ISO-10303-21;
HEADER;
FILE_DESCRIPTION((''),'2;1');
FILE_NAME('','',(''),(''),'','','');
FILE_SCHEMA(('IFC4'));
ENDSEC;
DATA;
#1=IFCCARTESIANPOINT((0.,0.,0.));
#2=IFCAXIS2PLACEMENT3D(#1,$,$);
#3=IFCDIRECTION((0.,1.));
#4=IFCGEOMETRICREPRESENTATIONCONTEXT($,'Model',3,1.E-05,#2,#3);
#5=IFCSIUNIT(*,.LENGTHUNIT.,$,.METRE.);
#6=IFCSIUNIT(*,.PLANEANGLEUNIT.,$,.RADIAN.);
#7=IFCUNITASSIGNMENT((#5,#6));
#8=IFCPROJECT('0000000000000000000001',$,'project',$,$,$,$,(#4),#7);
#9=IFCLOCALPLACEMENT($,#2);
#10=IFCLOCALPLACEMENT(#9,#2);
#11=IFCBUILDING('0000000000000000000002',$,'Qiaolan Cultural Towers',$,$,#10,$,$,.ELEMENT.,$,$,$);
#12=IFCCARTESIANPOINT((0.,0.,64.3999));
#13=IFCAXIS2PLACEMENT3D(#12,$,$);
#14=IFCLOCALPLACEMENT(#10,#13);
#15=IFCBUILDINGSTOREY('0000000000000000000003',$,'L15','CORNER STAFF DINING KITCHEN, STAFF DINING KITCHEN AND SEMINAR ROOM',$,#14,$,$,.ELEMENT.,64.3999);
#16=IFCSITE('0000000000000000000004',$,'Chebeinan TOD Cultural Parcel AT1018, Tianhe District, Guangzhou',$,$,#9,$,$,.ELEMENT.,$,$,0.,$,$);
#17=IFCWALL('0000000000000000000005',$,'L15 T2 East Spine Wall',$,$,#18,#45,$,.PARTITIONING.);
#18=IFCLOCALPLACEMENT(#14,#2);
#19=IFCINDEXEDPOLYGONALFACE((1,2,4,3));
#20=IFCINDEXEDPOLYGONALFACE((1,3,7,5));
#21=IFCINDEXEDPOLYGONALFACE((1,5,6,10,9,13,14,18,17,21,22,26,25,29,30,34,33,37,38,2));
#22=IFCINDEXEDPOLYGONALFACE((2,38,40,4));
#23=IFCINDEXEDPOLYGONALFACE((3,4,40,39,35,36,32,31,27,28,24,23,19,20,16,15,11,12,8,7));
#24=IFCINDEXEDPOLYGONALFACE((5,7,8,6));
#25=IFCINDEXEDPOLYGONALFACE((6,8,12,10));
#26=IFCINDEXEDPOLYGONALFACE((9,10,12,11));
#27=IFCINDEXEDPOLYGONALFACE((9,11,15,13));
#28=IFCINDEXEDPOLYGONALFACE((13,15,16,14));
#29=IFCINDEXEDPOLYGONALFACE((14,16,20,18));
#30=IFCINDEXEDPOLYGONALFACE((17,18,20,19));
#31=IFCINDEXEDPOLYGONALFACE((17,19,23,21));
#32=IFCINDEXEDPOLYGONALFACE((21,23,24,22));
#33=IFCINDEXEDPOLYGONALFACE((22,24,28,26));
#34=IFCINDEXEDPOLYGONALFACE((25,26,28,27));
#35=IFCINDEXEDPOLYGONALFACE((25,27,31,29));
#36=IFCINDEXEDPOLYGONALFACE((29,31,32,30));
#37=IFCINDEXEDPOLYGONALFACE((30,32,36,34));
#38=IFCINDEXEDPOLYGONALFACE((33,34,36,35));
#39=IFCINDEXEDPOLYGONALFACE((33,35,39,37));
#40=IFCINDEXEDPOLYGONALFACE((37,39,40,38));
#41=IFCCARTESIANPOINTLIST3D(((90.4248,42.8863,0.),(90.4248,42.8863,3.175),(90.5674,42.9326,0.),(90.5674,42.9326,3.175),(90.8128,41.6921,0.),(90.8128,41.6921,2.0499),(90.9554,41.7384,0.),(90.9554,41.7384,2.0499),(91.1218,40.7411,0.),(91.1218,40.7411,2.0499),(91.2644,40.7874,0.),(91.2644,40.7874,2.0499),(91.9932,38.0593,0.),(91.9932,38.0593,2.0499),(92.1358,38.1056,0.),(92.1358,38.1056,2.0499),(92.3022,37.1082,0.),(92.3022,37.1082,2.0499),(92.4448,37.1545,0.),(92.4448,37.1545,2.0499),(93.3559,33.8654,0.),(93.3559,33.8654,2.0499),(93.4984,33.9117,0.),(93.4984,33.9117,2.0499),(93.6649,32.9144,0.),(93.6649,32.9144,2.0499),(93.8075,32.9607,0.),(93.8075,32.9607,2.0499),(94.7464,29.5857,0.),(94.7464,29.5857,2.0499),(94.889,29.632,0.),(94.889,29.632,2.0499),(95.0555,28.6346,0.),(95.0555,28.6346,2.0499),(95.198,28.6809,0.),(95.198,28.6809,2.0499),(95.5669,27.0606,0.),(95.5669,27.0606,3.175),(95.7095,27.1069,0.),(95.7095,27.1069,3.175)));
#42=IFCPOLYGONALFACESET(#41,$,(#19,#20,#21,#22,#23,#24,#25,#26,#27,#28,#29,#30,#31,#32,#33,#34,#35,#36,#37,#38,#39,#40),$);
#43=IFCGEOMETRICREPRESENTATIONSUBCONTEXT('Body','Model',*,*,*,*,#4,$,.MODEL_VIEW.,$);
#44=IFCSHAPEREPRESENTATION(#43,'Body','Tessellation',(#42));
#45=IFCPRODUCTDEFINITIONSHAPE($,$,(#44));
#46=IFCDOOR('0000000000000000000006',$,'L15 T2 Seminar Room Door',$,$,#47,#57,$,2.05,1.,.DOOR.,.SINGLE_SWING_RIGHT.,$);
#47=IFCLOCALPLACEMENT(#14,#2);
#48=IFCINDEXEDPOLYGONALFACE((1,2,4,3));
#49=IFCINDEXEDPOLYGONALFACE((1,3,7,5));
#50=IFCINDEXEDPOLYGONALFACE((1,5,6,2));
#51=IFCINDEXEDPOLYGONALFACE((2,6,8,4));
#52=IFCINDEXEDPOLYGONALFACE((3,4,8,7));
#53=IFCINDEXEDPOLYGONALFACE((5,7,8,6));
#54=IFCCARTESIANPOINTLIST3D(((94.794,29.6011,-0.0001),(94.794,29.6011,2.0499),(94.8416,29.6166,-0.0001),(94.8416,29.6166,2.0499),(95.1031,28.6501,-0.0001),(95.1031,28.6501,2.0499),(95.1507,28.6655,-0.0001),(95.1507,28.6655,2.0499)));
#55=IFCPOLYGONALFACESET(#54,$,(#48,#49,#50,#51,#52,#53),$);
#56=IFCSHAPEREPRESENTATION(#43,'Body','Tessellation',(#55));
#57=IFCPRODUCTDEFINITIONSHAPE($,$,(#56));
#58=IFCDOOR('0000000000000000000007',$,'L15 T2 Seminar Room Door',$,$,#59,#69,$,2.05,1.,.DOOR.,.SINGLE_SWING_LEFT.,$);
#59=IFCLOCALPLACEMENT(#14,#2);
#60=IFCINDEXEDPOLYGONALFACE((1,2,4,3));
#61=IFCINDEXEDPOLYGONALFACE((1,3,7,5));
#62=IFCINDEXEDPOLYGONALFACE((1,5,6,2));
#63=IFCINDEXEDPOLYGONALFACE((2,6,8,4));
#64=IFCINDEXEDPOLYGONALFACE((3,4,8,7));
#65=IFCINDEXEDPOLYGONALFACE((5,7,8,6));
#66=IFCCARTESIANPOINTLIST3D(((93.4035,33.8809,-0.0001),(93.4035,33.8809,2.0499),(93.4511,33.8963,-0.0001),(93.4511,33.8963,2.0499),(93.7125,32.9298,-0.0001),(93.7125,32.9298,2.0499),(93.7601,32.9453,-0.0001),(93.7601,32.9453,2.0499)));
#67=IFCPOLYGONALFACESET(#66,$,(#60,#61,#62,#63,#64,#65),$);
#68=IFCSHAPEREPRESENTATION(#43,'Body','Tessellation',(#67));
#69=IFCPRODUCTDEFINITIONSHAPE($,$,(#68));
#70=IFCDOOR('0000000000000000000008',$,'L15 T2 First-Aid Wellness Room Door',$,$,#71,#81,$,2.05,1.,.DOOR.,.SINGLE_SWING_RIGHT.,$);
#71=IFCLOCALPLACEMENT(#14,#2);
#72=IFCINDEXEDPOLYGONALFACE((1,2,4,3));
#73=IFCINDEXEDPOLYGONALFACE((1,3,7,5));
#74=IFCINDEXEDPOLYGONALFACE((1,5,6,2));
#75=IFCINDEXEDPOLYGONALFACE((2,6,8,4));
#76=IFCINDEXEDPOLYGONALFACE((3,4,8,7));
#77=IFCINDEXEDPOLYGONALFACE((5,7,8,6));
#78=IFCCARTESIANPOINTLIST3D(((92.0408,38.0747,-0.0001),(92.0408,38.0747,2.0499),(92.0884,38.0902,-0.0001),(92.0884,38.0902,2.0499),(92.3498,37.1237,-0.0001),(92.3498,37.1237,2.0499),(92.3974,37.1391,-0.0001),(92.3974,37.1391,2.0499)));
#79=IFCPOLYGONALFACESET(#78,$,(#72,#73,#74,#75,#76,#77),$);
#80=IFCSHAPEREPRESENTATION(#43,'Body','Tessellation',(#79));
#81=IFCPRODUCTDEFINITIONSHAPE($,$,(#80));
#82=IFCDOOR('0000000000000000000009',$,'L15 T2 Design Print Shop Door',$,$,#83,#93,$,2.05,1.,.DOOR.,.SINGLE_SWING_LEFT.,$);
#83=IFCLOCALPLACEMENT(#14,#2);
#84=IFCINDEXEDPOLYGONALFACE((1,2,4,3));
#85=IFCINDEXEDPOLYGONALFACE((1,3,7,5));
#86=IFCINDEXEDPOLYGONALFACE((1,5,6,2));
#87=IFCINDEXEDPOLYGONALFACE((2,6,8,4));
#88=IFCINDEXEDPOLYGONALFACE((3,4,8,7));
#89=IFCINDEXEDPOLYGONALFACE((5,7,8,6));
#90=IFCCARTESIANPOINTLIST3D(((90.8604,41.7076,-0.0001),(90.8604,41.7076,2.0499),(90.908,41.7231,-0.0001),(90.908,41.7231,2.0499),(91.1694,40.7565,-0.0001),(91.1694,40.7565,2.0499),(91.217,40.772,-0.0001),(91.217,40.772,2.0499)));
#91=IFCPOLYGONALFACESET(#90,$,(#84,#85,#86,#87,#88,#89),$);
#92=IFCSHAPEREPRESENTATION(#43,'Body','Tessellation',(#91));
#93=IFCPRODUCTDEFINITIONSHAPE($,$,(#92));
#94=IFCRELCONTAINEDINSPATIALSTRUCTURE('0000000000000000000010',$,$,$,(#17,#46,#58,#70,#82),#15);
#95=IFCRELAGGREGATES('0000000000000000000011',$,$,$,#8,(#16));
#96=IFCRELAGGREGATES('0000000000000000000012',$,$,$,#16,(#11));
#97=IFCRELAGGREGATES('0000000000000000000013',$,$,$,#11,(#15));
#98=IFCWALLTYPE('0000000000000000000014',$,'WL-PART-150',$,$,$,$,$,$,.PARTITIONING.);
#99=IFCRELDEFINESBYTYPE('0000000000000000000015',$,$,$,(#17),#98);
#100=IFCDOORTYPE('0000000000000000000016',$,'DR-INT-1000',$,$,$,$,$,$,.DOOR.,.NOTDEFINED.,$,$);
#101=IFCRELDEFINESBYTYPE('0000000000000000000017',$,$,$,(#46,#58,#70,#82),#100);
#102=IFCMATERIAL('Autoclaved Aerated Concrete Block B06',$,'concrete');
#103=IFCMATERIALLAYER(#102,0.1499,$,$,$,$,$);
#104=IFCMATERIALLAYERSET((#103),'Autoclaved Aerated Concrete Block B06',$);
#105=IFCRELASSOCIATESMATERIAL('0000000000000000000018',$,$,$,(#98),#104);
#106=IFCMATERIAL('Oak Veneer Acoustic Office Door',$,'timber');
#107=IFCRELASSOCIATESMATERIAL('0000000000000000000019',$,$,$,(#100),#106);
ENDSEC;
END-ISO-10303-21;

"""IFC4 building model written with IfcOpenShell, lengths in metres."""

from ifc_helpers import new_model, si_unit, direction, frame, frame_2d, origin, place, context, subcontext, project, spatial, rectangle, extrude, material, layer, layer_set, type_object, element, fill, save


model = new_model("IFC4")

# Units and contexts
model_context = context("Model", 3, precision=1e-05, world=origin(), true_north=direction((0.0, 1.0)))
body_context = subcontext(model_context, "Body", "Model", "MODEL_VIEW")
ifc_project = project(units=[si_unit("LENGTHUNIT", "METRE"), si_unit("PLANEANGLEUNIT", "RADIAN")], contexts=[model_context])

# Site, building, storey
site_placement = place(None, origin())
site = spatial("IfcSite", under=ifc_project, at=site_placement, Name="Chebeinan TOD Cultural Parcel AT1018, Tianhe District, Guangzhou", CompositionType="ELEMENT", RefElevation=0.0)
building_placement = place(site_placement, origin())
building = spatial("IfcBuilding", under=site, at=building_placement, Name="Qiaolan Cultural Towers", CompositionType="ELEMENT")
storey_placement = place(building_placement, frame((0.0, 0.0, 64.3999)))
storey = spatial("IfcBuildingStorey", under=building, at=storey_placement, Name="L15", Description="CORNER STAFF DINING KITCHEN, STAFF DINING KITCHEN AND SEMINAR ROOM", CompositionType="ELEMENT", Elevation=64.3999)

# Shared definitions
ifc_material_1 = material(Name="Autoclaved Aerated Concrete Block B06", Category="concrete")
ifc_layer_1 = layer(ifc_material_1, 0.1499)
ifc_layer_set_1 = layer_set([ifc_layer_1], Name="Autoclaved Aerated Concrete Block B06")
wall_type_1 = type_object("IfcWallType", Name="WL-PART-150", PredefinedType="PARTITIONING", material=ifc_layer_set_1)

# Shared definitions
ifc_material_2 = material(Name="Oak Veneer Acoustic Office Door", Category="timber")
door_type_1 = type_object("IfcDoorType", Name="DR-INT-1000", OperationType="NOTDEFINED", PredefinedType="DOOR", material=ifc_material_2)

# Wall, openings, doors
wall_1_placement = place(storey_placement, frame((95.6382, 27.0837, 0.0), z_axis=(0.0, 0.0, 1.0), x_axis=(-0.309018, 0.951056, 0.0)))
wall_1 = element("IfcWall", 1, at=wall_1_placement, inside=storey, type_object=wall_type_1, Name="L15 T2 East Spine Wall", PredefinedType="PARTITIONING", context=body_context, shape_type="SweptSolid", body=[
    extrude(rectangle(XDim=16.6401, YDim=0.1499, at=frame_2d((8.3201, 0.0))), origin(), (0.0, 0.0, 1.0), 3.175),
])
opening_1_placement = place(wall_1_placement, frame((1.655, 0.0, 0.0)))
opening_1 = element("IfcOpeningElement", 2, at=opening_1_placement, cuts=wall_1, PredefinedType="OPENING", context=body_context, shape_type="SweptSolid", body=[
    extrude(rectangle(XDim=1.0, YDim=2.05, at=frame_2d((0.5, 1.0249))), frame((0.0, 0.085, 0.0), z_axis=(0.0, -1.0, 0.0), x_axis=(1.0, 0.0, 0.0)), (0.0, 0.0, 1.0), 0.1699),
])
opening_2_placement = place(wall_1_placement, frame((6.155, 0.0, 0.0)))
opening_2 = element("IfcOpeningElement", 3, at=opening_2_placement, cuts=wall_1, PredefinedType="OPENING", context=body_context, shape_type="SweptSolid", body=[
    extrude(rectangle(XDim=1.0, YDim=2.05, at=frame_2d((0.5, 1.0249))), frame((0.0, 0.085, 0.0), z_axis=(0.0, -1.0, 0.0), x_axis=(1.0, 0.0, 0.0)), (0.0, 0.0, 1.0), 0.1699),
])
opening_3_placement = place(wall_1_placement, frame((10.5647, 0.0, 0.0)))
opening_3 = element("IfcOpeningElement", 4, at=opening_3_placement, cuts=wall_1, PredefinedType="OPENING", context=body_context, shape_type="SweptSolid", body=[
    extrude(rectangle(XDim=1.0, YDim=2.05, at=frame_2d((0.5, 1.0249))), frame((0.0, 0.085, 0.0), z_axis=(0.0, -1.0, 0.0), x_axis=(1.0, 0.0, 0.0)), (0.0, 0.0, 1.0), 0.1699),
])
opening_4_placement = place(wall_1_placement, frame((14.3845, 0.0, 0.0)))
opening_4 = element("IfcOpeningElement", 5, at=opening_4_placement, cuts=wall_1, PredefinedType="OPENING", context=body_context, shape_type="SweptSolid", body=[
    extrude(rectangle(XDim=1.0, YDim=2.05, at=frame_2d((0.5, 1.0249))), frame((0.0, 0.085, 0.0), z_axis=(0.0, -1.0, 0.0), x_axis=(1.0, 0.0, 0.0)), (0.0, 0.0, 1.0), 0.1699),
])
door_1_placement = place(opening_1_placement, origin())
door_1 = element("IfcDoor", 6, at=door_1_placement, inside=storey, type_object=door_type_1, Name="L15 T2 Seminar Room Door", OperationType="SINGLE_SWING_RIGHT", OverallHeight=2.05, OverallWidth=1.0, PredefinedType="DOOR", context=body_context, shape_type="SweptSolid", body=[
    extrude(rectangle(XDim=1.0, YDim=2.05, at=frame_2d((0.5, 1.0249))), frame((0.0, 0.0249, 0.0), z_axis=(0.0, -1.0, 0.0), x_axis=(1.0, 0.0, 0.0)), (0.0, 0.0, 1.0), 0.05),
])
fill(opening_1, door_1)
door_2_placement = place(opening_2_placement, origin())
door_2 = element("IfcDoor", 7, at=door_2_placement, inside=storey, type_object=door_type_1, Name="L15 T2 Seminar Room Door", OperationType="SINGLE_SWING_LEFT", OverallHeight=2.05, OverallWidth=1.0, PredefinedType="DOOR", context=body_context, shape_type="SweptSolid", body=[
    extrude(rectangle(XDim=1.0, YDim=2.05, at=frame_2d((0.5, 1.0249))), frame((0.0, 0.0249, 0.0), z_axis=(0.0, -1.0, 0.0), x_axis=(1.0, 0.0, 0.0)), (0.0, 0.0, 1.0), 0.05),
])
fill(opening_2, door_2)
door_3_placement = place(opening_3_placement, origin())
door_3 = element("IfcDoor", 8, at=door_3_placement, inside=storey, type_object=door_type_1, Name="L15 T2 First-Aid Wellness Room Door", OperationType="SINGLE_SWING_RIGHT", OverallHeight=2.05, OverallWidth=1.0, PredefinedType="DOOR", context=body_context, shape_type="SweptSolid", body=[
    extrude(rectangle(XDim=1.0, YDim=2.05, at=frame_2d((0.5, 1.0249))), frame((0.0, 0.0249, 0.0), z_axis=(0.0, -1.0, 0.0), x_axis=(1.0, 0.0, 0.0)), (0.0, 0.0, 1.0), 0.05),
])
fill(opening_3, door_3)
door_4_placement = place(opening_4_placement, origin())
door_4 = element("IfcDoor", 9, at=door_4_placement, inside=storey, type_object=door_type_1, Name="L15 T2 Design Print Shop Door", OperationType="SINGLE_SWING_LEFT", OverallHeight=2.05, OverallWidth=1.0, PredefinedType="DOOR", context=body_context, shape_type="SweptSolid", body=[
    extrude(rectangle(XDim=1.0, YDim=2.05, at=frame_2d((0.5, 1.0249))), frame((0.0, 0.0249, 0.0), z_axis=(0.0, -1.0, 0.0), x_axis=(1.0, 0.0, 0.0)), (0.0, 0.0, 1.0), 0.05),
])
fill(opening_4, door_4)

save(model, "model.ifc")
